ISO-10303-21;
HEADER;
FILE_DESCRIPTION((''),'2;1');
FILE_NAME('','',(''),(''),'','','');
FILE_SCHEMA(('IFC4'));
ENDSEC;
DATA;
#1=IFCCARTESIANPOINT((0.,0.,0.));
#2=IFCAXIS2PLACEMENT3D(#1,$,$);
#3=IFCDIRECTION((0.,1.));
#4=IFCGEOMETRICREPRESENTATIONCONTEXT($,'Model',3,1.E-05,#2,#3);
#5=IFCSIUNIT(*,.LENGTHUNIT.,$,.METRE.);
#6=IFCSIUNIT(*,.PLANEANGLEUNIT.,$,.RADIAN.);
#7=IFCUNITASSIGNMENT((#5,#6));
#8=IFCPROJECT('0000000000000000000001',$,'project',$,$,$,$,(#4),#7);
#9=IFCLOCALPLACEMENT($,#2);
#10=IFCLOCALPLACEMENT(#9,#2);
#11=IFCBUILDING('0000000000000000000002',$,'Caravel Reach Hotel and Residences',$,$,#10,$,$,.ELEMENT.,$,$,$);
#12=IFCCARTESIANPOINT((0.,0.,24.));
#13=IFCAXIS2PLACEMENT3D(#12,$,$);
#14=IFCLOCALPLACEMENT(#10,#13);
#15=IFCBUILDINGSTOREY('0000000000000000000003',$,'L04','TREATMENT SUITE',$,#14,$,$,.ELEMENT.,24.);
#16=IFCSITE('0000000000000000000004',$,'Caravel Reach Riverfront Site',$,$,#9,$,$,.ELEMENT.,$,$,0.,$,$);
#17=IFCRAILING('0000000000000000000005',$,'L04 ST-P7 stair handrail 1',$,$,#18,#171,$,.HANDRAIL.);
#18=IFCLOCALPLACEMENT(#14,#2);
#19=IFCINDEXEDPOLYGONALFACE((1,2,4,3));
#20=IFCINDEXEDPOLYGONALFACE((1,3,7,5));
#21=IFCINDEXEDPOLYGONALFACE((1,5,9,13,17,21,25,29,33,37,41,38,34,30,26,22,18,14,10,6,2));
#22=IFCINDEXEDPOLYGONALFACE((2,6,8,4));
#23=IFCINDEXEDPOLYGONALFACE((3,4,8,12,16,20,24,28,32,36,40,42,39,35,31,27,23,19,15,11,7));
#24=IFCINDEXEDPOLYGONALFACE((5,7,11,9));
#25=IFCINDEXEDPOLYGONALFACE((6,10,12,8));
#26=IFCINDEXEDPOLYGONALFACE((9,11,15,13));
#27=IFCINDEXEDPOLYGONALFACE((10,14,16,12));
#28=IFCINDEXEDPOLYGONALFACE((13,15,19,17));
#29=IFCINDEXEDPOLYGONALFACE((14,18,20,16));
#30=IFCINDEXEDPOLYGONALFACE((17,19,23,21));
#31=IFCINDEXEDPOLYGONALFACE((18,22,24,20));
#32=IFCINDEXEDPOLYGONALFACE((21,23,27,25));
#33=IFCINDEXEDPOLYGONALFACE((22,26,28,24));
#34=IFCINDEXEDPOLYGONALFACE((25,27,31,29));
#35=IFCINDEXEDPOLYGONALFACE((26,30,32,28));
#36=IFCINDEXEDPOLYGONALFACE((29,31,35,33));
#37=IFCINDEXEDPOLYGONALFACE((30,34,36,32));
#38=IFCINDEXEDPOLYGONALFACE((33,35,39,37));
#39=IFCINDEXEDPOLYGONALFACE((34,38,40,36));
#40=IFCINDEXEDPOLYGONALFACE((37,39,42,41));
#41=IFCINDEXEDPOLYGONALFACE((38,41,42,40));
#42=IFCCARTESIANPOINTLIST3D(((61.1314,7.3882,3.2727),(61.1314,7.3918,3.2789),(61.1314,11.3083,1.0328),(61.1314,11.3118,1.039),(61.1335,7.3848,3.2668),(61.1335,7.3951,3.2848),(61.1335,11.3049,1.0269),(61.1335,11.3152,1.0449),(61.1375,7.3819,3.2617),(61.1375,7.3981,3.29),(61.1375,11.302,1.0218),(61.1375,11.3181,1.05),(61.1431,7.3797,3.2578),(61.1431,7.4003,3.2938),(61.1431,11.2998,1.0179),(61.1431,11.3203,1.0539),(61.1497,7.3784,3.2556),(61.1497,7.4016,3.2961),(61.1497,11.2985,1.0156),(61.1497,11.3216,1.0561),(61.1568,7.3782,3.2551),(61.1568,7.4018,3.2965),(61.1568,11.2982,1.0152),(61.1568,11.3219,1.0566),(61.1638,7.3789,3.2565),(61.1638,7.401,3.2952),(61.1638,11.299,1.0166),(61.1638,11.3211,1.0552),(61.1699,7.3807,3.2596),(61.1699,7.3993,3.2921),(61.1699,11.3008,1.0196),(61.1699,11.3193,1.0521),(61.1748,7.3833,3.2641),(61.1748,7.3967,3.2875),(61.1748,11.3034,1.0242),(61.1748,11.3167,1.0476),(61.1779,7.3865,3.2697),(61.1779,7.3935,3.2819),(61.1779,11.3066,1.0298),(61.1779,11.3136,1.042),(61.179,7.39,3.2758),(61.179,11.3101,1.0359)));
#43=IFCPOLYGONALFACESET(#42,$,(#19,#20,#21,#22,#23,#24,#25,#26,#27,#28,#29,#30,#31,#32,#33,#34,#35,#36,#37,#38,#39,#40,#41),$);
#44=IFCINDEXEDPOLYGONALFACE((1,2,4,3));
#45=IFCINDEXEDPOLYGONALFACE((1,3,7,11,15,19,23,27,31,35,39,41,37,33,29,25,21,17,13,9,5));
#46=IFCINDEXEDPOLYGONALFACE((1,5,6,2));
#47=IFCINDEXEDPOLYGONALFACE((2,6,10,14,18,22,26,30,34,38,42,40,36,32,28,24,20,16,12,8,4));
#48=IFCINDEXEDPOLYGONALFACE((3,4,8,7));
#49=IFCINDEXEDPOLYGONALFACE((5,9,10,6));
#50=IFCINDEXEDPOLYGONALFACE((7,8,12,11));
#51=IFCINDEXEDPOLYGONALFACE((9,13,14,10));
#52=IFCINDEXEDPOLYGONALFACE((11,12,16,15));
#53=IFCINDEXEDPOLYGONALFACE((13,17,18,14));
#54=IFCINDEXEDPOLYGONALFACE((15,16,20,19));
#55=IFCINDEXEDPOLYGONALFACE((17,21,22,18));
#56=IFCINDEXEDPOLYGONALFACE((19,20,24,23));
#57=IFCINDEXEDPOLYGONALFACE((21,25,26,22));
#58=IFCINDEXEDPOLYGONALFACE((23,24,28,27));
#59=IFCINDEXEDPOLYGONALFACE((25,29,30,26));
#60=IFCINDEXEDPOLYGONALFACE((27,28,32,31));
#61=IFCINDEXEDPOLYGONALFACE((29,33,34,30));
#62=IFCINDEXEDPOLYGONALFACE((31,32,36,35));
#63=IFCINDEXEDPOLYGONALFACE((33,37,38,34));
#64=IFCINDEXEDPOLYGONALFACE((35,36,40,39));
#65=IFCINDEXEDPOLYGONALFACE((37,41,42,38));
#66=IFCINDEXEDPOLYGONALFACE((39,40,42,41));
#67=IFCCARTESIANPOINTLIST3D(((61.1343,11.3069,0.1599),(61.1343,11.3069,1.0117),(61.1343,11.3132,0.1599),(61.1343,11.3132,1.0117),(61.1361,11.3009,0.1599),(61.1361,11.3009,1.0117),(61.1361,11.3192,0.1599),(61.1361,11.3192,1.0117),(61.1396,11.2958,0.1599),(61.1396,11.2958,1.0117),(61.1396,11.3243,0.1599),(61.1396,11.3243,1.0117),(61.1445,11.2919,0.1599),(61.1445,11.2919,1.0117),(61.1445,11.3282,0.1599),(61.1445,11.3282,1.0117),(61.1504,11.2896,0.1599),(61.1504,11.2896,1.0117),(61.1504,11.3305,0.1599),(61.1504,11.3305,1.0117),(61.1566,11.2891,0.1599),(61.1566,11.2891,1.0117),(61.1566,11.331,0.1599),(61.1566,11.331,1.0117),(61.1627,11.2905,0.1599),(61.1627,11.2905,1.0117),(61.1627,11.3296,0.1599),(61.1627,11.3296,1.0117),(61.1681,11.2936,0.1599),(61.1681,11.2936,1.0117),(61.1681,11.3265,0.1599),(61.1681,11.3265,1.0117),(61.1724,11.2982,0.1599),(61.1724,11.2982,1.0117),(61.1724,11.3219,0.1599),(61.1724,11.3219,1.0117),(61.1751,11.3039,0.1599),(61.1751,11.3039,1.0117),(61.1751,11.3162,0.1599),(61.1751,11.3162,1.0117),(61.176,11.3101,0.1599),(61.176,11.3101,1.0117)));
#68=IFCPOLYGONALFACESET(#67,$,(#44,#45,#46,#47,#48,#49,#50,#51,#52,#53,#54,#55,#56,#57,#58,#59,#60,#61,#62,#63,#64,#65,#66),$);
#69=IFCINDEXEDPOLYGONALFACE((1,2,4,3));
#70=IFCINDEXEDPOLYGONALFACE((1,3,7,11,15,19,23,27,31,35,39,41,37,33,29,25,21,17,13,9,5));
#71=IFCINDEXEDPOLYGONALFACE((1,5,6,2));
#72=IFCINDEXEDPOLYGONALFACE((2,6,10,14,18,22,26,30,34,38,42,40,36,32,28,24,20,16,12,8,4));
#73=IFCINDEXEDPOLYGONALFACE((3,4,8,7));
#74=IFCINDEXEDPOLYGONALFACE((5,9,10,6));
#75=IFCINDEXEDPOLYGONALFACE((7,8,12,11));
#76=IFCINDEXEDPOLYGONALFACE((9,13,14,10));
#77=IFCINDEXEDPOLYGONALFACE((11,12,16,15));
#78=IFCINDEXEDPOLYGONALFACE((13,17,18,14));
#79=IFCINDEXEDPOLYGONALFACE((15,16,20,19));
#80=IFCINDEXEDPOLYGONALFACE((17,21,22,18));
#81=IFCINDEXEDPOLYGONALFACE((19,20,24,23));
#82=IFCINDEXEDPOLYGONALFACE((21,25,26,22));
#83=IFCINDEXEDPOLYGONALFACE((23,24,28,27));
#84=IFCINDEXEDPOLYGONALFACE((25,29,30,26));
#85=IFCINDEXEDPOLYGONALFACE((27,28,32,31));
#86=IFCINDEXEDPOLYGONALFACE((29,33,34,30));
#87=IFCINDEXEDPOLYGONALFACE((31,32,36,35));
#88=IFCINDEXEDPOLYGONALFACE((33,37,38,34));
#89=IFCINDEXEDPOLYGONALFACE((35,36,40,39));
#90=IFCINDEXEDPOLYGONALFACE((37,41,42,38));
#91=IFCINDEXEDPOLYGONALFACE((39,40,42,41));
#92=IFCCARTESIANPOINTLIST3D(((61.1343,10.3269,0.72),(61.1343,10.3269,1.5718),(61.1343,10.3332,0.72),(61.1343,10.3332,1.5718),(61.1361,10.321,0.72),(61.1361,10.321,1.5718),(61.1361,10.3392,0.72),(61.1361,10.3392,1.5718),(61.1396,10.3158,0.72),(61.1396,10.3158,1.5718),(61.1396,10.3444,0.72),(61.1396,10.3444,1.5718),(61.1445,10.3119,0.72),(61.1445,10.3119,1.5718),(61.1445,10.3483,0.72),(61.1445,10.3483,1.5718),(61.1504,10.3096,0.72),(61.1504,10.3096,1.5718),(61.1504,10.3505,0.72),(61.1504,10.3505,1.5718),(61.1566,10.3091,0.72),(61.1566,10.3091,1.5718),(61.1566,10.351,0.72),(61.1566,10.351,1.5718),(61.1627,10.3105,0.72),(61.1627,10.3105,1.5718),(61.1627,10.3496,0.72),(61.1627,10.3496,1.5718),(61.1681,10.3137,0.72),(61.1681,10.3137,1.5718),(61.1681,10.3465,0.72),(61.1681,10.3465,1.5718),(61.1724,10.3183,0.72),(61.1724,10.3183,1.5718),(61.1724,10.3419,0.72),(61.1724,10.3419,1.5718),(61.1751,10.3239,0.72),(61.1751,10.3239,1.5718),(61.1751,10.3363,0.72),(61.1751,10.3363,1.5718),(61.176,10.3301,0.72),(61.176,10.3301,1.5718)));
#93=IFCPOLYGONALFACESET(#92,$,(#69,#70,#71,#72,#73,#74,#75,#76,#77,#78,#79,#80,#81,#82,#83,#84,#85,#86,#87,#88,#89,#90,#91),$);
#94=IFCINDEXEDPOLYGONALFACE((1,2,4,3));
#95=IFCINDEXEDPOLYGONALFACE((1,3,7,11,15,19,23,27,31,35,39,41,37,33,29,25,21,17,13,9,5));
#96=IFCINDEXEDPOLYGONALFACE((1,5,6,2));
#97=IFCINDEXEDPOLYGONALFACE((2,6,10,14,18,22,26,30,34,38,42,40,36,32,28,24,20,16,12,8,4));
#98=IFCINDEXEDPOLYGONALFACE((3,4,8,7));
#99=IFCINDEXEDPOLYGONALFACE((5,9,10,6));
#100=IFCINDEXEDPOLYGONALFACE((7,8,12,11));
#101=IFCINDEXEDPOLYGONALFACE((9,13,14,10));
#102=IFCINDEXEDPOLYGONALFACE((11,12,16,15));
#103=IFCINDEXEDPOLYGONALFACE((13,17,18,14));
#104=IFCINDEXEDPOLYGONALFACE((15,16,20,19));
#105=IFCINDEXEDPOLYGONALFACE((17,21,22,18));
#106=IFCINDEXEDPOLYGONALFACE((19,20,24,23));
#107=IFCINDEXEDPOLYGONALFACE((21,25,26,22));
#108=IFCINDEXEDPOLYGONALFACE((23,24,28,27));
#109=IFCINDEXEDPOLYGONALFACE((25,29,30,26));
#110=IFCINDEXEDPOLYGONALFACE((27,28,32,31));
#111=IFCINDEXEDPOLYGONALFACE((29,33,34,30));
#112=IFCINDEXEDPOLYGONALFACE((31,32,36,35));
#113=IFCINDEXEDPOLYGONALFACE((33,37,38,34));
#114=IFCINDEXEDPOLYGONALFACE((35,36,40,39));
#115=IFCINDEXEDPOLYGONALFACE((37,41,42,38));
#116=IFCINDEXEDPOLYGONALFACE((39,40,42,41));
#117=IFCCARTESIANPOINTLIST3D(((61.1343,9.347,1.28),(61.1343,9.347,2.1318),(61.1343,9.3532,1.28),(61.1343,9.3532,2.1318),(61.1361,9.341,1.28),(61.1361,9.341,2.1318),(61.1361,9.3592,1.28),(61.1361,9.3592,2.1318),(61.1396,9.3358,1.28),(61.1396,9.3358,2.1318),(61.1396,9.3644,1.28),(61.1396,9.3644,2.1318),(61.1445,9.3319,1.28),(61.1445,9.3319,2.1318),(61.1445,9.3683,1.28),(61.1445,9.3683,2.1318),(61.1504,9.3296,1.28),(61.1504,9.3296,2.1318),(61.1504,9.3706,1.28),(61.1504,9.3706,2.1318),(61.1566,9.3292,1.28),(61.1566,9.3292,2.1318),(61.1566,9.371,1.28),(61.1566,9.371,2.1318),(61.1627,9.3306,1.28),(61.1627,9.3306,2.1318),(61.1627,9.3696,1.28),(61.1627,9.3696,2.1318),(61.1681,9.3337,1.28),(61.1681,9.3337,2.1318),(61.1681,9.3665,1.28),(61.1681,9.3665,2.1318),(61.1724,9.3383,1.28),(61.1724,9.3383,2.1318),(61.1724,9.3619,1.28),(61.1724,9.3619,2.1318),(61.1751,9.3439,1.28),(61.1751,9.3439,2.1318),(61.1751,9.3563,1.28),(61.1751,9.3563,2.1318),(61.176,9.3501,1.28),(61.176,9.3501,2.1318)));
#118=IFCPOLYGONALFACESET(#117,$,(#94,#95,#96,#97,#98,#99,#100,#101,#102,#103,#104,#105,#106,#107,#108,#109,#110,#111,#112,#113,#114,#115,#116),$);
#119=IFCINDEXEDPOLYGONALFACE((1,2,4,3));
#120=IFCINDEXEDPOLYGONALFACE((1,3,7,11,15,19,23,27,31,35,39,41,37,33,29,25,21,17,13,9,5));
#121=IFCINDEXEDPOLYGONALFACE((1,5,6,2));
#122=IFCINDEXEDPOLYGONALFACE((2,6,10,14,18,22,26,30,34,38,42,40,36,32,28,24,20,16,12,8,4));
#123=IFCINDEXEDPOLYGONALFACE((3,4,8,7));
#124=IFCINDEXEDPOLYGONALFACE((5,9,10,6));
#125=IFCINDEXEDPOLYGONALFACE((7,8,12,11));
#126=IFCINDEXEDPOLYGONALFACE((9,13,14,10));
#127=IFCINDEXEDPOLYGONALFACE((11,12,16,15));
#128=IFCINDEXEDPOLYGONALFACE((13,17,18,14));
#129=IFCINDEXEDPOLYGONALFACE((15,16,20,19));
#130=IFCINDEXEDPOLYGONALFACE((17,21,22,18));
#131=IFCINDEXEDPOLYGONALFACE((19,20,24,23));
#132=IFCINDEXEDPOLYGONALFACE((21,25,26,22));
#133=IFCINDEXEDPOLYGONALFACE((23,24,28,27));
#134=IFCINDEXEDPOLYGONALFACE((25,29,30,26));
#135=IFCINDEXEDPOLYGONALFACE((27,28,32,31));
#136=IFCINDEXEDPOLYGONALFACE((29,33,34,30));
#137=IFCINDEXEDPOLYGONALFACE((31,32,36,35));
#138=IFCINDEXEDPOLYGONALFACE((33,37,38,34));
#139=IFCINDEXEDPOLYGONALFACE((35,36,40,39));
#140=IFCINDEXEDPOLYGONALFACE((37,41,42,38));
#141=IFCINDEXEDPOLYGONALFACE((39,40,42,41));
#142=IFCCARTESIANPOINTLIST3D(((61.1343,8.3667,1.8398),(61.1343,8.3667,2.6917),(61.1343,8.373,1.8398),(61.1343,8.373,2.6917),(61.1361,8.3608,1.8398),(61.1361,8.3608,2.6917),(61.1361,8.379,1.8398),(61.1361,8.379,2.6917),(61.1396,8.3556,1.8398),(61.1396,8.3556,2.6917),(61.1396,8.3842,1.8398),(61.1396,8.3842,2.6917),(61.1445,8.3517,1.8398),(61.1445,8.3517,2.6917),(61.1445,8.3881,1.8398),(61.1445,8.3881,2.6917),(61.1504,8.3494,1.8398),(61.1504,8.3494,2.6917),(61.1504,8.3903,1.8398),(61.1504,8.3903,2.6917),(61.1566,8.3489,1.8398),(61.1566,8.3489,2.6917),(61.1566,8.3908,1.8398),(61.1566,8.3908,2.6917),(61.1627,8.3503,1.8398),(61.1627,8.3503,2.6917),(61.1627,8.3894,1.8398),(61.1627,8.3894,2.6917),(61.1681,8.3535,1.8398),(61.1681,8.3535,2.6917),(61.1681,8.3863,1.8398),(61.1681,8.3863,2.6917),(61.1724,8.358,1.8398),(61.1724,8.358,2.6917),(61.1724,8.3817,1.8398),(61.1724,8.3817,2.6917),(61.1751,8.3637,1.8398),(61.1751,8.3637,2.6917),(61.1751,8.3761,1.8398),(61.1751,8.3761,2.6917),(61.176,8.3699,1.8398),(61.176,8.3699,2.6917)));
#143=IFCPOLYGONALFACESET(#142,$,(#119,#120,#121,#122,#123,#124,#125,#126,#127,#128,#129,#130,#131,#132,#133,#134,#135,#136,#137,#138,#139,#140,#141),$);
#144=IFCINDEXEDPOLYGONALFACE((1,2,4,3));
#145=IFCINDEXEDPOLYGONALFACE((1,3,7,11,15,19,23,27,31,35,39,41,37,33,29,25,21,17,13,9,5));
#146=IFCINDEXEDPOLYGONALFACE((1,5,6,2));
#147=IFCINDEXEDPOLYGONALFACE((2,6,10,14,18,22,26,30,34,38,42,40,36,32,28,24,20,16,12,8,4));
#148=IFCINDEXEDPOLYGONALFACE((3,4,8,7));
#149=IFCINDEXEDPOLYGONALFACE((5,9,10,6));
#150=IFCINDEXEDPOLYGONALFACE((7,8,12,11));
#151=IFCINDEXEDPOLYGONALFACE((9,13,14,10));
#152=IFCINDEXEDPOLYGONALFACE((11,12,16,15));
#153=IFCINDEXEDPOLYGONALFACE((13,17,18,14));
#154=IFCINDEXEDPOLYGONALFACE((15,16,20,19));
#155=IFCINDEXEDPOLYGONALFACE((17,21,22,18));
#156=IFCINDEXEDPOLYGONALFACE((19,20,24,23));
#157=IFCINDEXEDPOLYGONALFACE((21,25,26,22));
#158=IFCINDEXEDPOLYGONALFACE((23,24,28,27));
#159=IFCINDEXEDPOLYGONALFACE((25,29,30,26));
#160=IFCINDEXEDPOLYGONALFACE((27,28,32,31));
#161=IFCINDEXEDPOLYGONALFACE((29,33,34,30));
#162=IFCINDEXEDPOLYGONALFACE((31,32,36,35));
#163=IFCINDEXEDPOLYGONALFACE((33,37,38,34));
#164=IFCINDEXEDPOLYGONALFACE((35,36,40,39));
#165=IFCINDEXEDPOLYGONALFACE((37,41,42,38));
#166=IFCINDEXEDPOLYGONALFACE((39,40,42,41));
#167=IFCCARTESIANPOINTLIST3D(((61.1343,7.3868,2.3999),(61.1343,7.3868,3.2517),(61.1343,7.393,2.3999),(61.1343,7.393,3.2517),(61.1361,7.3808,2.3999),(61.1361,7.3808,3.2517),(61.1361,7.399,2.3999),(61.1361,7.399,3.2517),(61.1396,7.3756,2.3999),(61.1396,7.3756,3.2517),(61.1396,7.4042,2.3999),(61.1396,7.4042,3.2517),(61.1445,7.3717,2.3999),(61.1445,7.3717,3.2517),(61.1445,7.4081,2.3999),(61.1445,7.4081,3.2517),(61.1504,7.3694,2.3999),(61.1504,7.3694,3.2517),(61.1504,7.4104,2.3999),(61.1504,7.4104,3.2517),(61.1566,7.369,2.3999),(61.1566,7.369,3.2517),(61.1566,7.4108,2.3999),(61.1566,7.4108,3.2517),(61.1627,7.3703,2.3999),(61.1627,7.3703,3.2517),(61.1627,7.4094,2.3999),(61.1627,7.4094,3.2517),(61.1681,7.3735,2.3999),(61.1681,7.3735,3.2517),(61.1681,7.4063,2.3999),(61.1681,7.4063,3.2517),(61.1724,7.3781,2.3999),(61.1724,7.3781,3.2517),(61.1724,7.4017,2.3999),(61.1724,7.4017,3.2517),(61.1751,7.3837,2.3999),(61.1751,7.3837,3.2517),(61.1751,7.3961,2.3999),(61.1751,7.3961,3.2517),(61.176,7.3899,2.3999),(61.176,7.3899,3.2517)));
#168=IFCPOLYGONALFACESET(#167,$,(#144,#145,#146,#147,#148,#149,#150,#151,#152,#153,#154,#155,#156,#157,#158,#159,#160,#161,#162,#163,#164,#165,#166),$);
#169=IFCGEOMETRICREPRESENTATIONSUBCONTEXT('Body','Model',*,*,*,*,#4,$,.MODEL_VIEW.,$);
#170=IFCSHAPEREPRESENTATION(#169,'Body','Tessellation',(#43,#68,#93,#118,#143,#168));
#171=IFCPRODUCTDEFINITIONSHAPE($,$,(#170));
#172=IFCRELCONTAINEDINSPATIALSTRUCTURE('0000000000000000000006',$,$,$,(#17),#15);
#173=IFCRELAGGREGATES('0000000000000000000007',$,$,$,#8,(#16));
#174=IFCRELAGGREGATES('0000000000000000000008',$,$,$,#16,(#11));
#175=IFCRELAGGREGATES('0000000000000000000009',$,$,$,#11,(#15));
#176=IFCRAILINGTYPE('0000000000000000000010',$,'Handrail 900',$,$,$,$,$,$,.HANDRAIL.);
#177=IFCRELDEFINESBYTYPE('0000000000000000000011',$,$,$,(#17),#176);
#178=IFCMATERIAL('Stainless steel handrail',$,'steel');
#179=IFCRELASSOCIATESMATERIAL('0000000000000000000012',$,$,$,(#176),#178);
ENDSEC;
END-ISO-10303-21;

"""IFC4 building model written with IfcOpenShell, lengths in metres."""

from ifc_helpers import new_model, si_unit, direction, frame, origin, origin_2d, place, context, subcontext, project, spatial, circle, extrude, material, type_object, element, save


model = new_model("IFC4")

# Units and contexts
model_context = context("Model", 3, precision=1e-05, world=origin(), true_north=direction((0.0, 1.0)))
body_context = subcontext(model_context, "Body", "Model", "MODEL_VIEW")
ifc_project = project(units=[si_unit("LENGTHUNIT", "METRE"), si_unit("PLANEANGLEUNIT", "RADIAN")], contexts=[model_context])

# Site, building, storey
site_placement = place(None, origin())
site = spatial("IfcSite", under=ifc_project, at=site_placement, Name="Caravel Reach Riverfront Site", CompositionType="ELEMENT", RefElevation=0.0)
building_placement = place(site_placement, origin())
building = spatial("IfcBuilding", under=site, at=building_placement, Name="Caravel Reach Hotel and Residences", CompositionType="ELEMENT")
storey_placement = place(building_placement, frame((0.0, 0.0, 24.0)))
storey = spatial("IfcBuildingStorey", under=building, at=storey_placement, Name="L04", Description="TREATMENT SUITE", CompositionType="ELEMENT", Elevation=24.0)

# Railing
ifc_material_1 = material(Name="Stainless steel handrail", Category="steel")
railing_type_1 = type_object("IfcRailingType", Name="Handrail 900", PredefinedType="HANDRAIL", material=ifc_material_1)
railing_1_placement = place(storey_placement, frame((61.155, 11.3101, 0.1599)))
element("IfcRailing", 1, at=railing_1_placement, inside=storey, type_object=railing_type_1, Name="L04 ST-P7 stair handrail 1", PredefinedType="HANDRAIL", context=body_context, shape_type="SweptSolid", body=[
    extrude(circle(Radius=0.0239, at=origin_2d()), frame((0.0, 0.0, 0.876), z_axis=(0.0, -0.868253, 0.496121), x_axis=(1.0, 0.0, 0.0)), (0.0, 0.0, 1.0), 4.5149),
    extrude(circle(Radius=0.021, at=origin_2d()), origin(), (0.0, 0.0, 1.0), 0.8518),
    extrude(circle(Radius=0.021, at=origin_2d()), frame((0.0, -0.98, 0.5601)), (0.0, 0.0, 1.0), 0.8518),
    extrude(circle(Radius=0.021, at=origin_2d()), frame((0.0, -1.96, 1.1201)), (0.0, 0.0, 1.0), 0.8518),
    extrude(circle(Radius=0.021, at=origin_2d()), frame((0.0, -2.9402, 1.6799)), (0.0, 0.0, 1.0), 0.8518),
    extrude(circle(Radius=0.021, at=origin_2d()), frame((0.0, -3.9202, 2.24)), (0.0, 0.0, 1.0), 0.8518),
])

save(model, "model.ifc")
